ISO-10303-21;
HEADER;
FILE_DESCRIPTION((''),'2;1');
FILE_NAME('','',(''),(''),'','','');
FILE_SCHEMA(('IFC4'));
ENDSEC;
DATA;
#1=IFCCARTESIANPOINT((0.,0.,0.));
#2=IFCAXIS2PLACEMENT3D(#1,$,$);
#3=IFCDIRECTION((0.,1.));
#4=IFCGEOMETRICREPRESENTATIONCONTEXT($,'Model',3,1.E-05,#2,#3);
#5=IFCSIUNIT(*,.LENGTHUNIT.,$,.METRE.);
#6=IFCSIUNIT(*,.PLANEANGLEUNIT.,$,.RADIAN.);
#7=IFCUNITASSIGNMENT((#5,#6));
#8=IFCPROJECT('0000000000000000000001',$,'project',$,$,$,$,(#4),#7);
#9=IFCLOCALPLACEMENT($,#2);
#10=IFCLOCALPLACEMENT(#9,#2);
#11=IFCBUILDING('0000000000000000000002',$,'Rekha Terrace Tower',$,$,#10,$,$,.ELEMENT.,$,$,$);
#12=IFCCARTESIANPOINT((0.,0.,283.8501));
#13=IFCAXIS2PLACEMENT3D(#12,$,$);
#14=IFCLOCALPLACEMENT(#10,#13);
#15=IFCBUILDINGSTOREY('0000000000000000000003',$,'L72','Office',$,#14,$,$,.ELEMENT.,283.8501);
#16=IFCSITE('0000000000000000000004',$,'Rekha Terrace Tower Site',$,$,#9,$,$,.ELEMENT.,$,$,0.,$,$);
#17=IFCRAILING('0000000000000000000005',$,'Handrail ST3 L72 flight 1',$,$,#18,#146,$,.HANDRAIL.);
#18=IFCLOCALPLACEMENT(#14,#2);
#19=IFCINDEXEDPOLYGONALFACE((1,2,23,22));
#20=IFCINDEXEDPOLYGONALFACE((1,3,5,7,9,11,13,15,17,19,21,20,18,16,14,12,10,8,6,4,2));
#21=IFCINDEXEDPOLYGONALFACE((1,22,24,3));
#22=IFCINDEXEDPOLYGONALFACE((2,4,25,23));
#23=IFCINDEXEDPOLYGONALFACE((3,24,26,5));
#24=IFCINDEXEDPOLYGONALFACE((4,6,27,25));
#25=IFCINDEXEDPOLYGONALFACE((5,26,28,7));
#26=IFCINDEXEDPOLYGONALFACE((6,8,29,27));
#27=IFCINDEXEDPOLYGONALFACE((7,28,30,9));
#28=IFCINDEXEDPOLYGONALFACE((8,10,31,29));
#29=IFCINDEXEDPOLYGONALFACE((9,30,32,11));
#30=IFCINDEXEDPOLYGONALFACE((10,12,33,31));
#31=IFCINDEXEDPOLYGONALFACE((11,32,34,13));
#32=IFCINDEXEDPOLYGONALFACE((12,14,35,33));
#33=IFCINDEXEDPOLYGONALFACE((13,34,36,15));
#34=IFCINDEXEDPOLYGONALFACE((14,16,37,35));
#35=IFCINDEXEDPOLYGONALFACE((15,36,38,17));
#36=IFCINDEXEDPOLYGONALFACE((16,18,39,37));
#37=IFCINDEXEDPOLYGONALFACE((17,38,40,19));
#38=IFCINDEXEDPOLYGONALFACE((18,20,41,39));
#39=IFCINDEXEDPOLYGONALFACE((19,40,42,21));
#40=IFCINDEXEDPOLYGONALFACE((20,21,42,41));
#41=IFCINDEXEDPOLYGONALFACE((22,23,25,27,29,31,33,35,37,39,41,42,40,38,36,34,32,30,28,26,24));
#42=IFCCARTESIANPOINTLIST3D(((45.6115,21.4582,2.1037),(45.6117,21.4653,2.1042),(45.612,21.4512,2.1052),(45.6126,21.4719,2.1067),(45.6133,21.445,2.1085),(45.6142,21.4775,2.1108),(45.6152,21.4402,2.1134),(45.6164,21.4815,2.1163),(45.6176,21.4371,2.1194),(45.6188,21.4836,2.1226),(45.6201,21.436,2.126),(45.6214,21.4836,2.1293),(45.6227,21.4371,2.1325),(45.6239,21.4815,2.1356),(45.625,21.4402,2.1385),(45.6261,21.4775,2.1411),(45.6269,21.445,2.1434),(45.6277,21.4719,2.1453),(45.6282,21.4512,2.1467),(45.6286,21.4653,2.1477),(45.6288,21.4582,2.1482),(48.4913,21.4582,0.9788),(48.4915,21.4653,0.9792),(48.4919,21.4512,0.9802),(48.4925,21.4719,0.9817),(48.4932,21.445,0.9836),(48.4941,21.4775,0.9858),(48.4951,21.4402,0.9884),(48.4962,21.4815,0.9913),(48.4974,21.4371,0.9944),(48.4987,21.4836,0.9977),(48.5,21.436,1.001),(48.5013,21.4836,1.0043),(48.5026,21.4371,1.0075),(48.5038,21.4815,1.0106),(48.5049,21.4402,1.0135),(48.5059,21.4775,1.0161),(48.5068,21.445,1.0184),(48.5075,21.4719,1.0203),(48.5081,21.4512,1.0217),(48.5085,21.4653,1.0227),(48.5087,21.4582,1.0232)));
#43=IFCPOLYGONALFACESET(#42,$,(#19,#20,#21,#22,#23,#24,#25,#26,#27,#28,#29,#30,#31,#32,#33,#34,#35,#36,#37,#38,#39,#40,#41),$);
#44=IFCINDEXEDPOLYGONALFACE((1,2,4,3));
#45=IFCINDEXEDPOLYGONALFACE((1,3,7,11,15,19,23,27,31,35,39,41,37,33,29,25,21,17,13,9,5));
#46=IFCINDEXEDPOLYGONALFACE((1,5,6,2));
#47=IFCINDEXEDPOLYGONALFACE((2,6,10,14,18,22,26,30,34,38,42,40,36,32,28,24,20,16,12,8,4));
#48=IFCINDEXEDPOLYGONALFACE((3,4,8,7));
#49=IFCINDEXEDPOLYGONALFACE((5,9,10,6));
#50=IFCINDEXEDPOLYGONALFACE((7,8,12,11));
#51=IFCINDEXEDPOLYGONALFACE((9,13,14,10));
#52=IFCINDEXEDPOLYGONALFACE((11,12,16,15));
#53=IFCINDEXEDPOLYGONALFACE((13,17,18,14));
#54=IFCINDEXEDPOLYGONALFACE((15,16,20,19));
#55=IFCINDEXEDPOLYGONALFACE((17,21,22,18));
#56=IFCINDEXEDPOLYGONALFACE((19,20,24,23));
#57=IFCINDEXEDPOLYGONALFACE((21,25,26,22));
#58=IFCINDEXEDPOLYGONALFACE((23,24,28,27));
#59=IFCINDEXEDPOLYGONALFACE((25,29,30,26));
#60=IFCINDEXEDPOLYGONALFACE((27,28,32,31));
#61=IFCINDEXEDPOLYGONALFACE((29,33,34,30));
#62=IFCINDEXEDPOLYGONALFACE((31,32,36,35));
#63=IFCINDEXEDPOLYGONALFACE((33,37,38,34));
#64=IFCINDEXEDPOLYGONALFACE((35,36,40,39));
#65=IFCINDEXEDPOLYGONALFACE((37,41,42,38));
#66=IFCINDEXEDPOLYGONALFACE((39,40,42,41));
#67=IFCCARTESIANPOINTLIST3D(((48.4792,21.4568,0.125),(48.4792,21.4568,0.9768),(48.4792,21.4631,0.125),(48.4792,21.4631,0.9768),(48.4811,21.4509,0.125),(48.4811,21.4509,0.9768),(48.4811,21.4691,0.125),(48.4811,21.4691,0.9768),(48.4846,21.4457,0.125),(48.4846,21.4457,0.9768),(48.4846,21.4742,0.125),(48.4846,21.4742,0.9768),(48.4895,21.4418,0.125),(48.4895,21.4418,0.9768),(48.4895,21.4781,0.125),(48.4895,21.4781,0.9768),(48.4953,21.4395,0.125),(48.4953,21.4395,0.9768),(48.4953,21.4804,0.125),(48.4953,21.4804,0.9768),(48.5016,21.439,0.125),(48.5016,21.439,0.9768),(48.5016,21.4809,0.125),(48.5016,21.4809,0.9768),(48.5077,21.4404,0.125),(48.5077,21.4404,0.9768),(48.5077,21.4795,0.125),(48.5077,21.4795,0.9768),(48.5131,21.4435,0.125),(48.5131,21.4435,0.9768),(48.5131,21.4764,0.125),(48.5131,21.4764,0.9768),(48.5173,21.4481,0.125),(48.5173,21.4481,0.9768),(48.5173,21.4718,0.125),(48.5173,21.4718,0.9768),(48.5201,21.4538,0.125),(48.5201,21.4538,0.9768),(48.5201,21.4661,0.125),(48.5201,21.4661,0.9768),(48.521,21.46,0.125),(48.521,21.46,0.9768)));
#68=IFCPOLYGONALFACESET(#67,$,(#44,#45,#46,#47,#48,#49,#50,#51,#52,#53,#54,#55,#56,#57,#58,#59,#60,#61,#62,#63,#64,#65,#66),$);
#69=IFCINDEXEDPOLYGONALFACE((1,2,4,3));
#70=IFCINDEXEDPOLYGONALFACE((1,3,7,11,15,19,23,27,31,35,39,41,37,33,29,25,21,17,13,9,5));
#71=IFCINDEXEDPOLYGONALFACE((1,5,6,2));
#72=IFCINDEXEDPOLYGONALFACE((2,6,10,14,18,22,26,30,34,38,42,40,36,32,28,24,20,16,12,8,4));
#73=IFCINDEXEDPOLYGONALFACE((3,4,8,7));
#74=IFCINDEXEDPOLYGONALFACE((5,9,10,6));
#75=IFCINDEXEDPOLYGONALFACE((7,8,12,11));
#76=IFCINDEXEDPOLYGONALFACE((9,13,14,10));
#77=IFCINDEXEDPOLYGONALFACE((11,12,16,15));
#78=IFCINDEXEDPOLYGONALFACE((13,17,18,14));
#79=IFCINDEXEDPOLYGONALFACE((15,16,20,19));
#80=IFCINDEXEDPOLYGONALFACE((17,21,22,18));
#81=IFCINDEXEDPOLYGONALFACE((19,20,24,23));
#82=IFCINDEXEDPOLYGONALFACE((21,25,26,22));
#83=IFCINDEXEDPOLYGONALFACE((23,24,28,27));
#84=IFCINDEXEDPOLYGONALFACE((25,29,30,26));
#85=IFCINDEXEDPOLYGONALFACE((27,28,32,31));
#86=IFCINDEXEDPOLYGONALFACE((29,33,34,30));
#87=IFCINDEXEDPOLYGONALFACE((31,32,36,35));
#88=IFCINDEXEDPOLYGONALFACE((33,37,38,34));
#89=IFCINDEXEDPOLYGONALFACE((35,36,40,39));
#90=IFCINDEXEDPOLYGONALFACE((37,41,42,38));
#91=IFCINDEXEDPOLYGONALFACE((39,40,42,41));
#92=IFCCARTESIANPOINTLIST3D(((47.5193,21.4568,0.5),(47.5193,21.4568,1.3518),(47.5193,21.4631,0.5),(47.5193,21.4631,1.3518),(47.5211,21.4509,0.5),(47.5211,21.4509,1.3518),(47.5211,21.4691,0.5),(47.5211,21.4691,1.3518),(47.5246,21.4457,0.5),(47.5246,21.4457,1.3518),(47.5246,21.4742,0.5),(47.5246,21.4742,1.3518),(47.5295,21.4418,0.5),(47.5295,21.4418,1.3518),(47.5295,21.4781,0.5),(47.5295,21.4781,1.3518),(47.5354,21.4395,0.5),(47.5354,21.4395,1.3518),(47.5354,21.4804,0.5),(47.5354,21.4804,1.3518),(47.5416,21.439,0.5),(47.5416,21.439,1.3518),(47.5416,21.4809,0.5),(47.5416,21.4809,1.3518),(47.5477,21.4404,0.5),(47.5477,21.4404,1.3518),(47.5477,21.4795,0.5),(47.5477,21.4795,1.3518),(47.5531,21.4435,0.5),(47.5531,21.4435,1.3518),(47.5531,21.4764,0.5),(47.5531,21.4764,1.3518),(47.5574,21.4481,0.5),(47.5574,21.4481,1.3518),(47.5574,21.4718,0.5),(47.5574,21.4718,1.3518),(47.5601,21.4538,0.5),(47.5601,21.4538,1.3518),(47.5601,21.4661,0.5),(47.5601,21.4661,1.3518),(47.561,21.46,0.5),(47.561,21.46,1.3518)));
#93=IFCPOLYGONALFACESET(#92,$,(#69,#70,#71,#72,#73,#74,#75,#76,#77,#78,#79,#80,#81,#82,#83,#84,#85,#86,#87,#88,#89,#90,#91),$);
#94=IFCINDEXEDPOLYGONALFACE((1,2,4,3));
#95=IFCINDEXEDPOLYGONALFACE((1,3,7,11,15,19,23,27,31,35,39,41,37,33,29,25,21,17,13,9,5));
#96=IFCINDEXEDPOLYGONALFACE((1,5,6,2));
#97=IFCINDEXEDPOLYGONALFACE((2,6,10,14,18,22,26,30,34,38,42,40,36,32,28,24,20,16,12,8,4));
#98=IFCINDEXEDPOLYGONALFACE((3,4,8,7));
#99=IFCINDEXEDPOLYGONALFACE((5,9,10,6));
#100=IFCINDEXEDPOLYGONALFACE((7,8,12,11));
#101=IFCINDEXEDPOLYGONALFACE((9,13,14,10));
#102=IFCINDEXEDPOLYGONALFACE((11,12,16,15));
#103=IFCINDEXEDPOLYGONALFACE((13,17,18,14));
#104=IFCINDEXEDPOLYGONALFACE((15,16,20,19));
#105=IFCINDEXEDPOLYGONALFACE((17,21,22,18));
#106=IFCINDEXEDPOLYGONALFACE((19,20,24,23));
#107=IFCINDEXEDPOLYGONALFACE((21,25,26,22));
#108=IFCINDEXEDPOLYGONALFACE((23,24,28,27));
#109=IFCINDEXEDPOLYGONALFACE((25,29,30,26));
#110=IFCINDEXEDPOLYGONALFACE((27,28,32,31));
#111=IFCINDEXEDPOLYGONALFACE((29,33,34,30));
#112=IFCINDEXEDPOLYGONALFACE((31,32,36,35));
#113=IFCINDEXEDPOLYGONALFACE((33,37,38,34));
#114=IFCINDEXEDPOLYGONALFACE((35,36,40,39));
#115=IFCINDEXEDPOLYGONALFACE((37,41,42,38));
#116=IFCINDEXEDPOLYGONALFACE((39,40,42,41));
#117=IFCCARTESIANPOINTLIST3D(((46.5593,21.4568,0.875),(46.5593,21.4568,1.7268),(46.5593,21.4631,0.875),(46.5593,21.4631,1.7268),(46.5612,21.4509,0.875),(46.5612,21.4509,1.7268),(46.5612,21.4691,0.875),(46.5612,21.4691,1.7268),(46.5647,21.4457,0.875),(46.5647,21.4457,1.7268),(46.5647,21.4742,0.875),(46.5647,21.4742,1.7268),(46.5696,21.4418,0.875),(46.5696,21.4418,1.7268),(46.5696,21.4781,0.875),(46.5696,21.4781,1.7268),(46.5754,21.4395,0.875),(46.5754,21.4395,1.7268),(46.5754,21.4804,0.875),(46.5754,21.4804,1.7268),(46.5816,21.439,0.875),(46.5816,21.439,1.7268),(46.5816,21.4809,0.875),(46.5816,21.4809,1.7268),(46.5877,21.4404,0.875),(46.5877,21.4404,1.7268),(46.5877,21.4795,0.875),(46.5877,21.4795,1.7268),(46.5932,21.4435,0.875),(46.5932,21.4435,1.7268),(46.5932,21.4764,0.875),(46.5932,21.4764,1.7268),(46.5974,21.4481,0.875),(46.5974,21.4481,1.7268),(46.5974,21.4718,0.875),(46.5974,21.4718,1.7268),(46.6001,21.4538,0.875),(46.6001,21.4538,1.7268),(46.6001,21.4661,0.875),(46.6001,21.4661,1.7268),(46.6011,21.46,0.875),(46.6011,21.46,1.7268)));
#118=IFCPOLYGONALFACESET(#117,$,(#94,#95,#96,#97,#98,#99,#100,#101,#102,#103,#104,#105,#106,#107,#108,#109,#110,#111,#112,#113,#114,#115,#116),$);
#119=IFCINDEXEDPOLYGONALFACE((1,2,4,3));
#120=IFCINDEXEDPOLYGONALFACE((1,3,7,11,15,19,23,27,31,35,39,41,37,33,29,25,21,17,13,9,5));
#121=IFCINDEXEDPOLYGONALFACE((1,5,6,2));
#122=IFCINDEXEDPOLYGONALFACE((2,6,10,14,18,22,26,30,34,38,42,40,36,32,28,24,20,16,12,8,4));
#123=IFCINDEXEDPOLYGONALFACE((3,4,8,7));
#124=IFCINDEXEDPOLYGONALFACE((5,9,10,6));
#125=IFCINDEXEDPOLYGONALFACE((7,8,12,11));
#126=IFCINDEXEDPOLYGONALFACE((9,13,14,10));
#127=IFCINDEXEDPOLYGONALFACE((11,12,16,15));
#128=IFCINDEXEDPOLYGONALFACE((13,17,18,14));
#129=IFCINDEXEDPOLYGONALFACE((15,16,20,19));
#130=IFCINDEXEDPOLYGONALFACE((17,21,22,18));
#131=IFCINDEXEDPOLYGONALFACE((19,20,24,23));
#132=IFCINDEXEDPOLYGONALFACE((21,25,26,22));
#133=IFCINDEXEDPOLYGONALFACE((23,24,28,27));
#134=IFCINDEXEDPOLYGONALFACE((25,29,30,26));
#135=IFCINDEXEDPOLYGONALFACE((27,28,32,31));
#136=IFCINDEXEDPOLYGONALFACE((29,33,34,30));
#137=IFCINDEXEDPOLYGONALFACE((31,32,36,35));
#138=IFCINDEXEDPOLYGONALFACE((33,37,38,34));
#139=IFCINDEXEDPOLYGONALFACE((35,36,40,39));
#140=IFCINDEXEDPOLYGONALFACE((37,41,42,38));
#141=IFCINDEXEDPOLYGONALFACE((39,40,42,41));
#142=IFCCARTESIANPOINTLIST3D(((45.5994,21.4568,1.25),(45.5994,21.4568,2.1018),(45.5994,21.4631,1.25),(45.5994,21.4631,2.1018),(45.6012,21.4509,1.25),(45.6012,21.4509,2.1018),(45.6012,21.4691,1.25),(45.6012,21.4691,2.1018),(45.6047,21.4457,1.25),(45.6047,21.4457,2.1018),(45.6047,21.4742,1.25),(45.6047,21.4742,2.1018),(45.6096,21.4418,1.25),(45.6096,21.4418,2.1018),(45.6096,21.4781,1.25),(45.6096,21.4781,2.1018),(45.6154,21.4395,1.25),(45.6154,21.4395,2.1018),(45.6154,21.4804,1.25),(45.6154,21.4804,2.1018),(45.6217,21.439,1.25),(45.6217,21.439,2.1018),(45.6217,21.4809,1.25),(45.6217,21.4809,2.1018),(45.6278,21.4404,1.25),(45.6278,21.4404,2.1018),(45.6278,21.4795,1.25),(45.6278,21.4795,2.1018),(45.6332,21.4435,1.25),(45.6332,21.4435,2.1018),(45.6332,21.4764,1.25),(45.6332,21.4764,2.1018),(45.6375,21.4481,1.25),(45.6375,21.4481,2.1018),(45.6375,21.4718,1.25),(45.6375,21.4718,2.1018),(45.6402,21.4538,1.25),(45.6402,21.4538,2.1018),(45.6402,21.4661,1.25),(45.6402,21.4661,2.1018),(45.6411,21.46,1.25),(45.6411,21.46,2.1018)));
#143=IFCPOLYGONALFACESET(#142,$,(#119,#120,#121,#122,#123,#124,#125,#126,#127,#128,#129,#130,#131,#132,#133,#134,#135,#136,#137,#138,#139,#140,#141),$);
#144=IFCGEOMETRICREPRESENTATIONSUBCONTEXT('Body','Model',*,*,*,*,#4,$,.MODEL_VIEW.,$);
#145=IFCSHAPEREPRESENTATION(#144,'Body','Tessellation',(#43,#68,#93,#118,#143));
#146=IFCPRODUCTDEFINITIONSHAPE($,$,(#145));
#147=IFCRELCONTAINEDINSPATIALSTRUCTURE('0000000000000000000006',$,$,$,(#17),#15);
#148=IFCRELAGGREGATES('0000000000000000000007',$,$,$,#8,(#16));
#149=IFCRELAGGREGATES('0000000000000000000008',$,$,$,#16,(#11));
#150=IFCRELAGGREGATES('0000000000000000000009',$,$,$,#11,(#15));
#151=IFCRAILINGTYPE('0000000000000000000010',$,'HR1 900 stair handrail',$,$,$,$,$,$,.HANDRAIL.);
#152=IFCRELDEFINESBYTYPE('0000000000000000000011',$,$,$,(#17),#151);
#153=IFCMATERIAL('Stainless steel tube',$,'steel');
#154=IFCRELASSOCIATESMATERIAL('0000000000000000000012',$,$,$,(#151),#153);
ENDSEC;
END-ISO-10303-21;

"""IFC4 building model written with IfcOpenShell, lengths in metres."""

from ifc_helpers import new_model, si_unit, direction, frame, origin, origin_2d, place, context, subcontext, project, spatial, circle, extrude, material, type_object, element, save


model = new_model("IFC4")

# Units and contexts
model_context = context("Model", 3, precision=1e-05, world=origin(), true_north=direction((0.0, 1.0)))
body_context = subcontext(model_context, "Body", "Model", "MODEL_VIEW")
ifc_project = project(units=[si_unit("LENGTHUNIT", "METRE"), si_unit("PLANEANGLEUNIT", "RADIAN")], contexts=[model_context])

# Site, building, storey
site_placement = place(None, origin())
site = spatial("IfcSite", under=ifc_project, at=site_placement, Name="Rekha Terrace Tower Site", CompositionType="ELEMENT", RefElevation=0.0)
building_placement = place(site_placement, origin())
building = spatial("IfcBuilding", under=site, at=building_placement, Name="Rekha Terrace Tower", CompositionType="ELEMENT")
storey_placement = place(building_placement, frame((0.0, 0.0, 283.8501)))
storey = spatial("IfcBuildingStorey", under=building, at=storey_placement, Name="L72", Description="Office", CompositionType="ELEMENT", Elevation=283.8501)

# Railing
ifc_material_1 = material(Name="Stainless steel tube", Category="steel")
railing_type_1 = type_object("IfcRailingType", Name="HR1 900 stair handrail", PredefinedType="HANDRAIL", material=ifc_material_1)
railing_1_placement = place(storey_placement, frame((48.5, 21.46, 0.125)))
element("IfcRailing", 1, at=railing_1_placement, inside=storey, type_object=railing_type_1, Name="Handrail ST3 L72 flight 1", PredefinedType="HANDRAIL", context=body_context, shape_type="SweptSolid", body=[
    extrude(circle(Radius=0.0239, at=origin_2d()), frame((0.0, 0.0, 0.876), z_axis=(-0.931452, 0.0, 0.363863), x_axis=(0.0, -1.0, 0.0)), (0.0, 0.0, 1.0), 3.0918),
    extrude(circle(Radius=0.021, at=origin_2d()), origin(), (0.0, 0.0, 1.0), 0.8518),
    extrude(circle(Radius=0.021, at=origin_2d()), frame((-0.96, 0.0, 0.375)), (0.0, 0.0, 1.0), 0.8518),
    extrude(circle(Radius=0.021, at=origin_2d()), frame((-1.9199, 0.0, 0.75)), (0.0, 0.0, 1.0), 0.8518),
    extrude(circle(Radius=0.021, at=origin_2d()), frame((-2.8799, 0.0, 1.125)), (0.0, 0.0, 1.0), 0.8518),
])

save(model, "model.ifc")
